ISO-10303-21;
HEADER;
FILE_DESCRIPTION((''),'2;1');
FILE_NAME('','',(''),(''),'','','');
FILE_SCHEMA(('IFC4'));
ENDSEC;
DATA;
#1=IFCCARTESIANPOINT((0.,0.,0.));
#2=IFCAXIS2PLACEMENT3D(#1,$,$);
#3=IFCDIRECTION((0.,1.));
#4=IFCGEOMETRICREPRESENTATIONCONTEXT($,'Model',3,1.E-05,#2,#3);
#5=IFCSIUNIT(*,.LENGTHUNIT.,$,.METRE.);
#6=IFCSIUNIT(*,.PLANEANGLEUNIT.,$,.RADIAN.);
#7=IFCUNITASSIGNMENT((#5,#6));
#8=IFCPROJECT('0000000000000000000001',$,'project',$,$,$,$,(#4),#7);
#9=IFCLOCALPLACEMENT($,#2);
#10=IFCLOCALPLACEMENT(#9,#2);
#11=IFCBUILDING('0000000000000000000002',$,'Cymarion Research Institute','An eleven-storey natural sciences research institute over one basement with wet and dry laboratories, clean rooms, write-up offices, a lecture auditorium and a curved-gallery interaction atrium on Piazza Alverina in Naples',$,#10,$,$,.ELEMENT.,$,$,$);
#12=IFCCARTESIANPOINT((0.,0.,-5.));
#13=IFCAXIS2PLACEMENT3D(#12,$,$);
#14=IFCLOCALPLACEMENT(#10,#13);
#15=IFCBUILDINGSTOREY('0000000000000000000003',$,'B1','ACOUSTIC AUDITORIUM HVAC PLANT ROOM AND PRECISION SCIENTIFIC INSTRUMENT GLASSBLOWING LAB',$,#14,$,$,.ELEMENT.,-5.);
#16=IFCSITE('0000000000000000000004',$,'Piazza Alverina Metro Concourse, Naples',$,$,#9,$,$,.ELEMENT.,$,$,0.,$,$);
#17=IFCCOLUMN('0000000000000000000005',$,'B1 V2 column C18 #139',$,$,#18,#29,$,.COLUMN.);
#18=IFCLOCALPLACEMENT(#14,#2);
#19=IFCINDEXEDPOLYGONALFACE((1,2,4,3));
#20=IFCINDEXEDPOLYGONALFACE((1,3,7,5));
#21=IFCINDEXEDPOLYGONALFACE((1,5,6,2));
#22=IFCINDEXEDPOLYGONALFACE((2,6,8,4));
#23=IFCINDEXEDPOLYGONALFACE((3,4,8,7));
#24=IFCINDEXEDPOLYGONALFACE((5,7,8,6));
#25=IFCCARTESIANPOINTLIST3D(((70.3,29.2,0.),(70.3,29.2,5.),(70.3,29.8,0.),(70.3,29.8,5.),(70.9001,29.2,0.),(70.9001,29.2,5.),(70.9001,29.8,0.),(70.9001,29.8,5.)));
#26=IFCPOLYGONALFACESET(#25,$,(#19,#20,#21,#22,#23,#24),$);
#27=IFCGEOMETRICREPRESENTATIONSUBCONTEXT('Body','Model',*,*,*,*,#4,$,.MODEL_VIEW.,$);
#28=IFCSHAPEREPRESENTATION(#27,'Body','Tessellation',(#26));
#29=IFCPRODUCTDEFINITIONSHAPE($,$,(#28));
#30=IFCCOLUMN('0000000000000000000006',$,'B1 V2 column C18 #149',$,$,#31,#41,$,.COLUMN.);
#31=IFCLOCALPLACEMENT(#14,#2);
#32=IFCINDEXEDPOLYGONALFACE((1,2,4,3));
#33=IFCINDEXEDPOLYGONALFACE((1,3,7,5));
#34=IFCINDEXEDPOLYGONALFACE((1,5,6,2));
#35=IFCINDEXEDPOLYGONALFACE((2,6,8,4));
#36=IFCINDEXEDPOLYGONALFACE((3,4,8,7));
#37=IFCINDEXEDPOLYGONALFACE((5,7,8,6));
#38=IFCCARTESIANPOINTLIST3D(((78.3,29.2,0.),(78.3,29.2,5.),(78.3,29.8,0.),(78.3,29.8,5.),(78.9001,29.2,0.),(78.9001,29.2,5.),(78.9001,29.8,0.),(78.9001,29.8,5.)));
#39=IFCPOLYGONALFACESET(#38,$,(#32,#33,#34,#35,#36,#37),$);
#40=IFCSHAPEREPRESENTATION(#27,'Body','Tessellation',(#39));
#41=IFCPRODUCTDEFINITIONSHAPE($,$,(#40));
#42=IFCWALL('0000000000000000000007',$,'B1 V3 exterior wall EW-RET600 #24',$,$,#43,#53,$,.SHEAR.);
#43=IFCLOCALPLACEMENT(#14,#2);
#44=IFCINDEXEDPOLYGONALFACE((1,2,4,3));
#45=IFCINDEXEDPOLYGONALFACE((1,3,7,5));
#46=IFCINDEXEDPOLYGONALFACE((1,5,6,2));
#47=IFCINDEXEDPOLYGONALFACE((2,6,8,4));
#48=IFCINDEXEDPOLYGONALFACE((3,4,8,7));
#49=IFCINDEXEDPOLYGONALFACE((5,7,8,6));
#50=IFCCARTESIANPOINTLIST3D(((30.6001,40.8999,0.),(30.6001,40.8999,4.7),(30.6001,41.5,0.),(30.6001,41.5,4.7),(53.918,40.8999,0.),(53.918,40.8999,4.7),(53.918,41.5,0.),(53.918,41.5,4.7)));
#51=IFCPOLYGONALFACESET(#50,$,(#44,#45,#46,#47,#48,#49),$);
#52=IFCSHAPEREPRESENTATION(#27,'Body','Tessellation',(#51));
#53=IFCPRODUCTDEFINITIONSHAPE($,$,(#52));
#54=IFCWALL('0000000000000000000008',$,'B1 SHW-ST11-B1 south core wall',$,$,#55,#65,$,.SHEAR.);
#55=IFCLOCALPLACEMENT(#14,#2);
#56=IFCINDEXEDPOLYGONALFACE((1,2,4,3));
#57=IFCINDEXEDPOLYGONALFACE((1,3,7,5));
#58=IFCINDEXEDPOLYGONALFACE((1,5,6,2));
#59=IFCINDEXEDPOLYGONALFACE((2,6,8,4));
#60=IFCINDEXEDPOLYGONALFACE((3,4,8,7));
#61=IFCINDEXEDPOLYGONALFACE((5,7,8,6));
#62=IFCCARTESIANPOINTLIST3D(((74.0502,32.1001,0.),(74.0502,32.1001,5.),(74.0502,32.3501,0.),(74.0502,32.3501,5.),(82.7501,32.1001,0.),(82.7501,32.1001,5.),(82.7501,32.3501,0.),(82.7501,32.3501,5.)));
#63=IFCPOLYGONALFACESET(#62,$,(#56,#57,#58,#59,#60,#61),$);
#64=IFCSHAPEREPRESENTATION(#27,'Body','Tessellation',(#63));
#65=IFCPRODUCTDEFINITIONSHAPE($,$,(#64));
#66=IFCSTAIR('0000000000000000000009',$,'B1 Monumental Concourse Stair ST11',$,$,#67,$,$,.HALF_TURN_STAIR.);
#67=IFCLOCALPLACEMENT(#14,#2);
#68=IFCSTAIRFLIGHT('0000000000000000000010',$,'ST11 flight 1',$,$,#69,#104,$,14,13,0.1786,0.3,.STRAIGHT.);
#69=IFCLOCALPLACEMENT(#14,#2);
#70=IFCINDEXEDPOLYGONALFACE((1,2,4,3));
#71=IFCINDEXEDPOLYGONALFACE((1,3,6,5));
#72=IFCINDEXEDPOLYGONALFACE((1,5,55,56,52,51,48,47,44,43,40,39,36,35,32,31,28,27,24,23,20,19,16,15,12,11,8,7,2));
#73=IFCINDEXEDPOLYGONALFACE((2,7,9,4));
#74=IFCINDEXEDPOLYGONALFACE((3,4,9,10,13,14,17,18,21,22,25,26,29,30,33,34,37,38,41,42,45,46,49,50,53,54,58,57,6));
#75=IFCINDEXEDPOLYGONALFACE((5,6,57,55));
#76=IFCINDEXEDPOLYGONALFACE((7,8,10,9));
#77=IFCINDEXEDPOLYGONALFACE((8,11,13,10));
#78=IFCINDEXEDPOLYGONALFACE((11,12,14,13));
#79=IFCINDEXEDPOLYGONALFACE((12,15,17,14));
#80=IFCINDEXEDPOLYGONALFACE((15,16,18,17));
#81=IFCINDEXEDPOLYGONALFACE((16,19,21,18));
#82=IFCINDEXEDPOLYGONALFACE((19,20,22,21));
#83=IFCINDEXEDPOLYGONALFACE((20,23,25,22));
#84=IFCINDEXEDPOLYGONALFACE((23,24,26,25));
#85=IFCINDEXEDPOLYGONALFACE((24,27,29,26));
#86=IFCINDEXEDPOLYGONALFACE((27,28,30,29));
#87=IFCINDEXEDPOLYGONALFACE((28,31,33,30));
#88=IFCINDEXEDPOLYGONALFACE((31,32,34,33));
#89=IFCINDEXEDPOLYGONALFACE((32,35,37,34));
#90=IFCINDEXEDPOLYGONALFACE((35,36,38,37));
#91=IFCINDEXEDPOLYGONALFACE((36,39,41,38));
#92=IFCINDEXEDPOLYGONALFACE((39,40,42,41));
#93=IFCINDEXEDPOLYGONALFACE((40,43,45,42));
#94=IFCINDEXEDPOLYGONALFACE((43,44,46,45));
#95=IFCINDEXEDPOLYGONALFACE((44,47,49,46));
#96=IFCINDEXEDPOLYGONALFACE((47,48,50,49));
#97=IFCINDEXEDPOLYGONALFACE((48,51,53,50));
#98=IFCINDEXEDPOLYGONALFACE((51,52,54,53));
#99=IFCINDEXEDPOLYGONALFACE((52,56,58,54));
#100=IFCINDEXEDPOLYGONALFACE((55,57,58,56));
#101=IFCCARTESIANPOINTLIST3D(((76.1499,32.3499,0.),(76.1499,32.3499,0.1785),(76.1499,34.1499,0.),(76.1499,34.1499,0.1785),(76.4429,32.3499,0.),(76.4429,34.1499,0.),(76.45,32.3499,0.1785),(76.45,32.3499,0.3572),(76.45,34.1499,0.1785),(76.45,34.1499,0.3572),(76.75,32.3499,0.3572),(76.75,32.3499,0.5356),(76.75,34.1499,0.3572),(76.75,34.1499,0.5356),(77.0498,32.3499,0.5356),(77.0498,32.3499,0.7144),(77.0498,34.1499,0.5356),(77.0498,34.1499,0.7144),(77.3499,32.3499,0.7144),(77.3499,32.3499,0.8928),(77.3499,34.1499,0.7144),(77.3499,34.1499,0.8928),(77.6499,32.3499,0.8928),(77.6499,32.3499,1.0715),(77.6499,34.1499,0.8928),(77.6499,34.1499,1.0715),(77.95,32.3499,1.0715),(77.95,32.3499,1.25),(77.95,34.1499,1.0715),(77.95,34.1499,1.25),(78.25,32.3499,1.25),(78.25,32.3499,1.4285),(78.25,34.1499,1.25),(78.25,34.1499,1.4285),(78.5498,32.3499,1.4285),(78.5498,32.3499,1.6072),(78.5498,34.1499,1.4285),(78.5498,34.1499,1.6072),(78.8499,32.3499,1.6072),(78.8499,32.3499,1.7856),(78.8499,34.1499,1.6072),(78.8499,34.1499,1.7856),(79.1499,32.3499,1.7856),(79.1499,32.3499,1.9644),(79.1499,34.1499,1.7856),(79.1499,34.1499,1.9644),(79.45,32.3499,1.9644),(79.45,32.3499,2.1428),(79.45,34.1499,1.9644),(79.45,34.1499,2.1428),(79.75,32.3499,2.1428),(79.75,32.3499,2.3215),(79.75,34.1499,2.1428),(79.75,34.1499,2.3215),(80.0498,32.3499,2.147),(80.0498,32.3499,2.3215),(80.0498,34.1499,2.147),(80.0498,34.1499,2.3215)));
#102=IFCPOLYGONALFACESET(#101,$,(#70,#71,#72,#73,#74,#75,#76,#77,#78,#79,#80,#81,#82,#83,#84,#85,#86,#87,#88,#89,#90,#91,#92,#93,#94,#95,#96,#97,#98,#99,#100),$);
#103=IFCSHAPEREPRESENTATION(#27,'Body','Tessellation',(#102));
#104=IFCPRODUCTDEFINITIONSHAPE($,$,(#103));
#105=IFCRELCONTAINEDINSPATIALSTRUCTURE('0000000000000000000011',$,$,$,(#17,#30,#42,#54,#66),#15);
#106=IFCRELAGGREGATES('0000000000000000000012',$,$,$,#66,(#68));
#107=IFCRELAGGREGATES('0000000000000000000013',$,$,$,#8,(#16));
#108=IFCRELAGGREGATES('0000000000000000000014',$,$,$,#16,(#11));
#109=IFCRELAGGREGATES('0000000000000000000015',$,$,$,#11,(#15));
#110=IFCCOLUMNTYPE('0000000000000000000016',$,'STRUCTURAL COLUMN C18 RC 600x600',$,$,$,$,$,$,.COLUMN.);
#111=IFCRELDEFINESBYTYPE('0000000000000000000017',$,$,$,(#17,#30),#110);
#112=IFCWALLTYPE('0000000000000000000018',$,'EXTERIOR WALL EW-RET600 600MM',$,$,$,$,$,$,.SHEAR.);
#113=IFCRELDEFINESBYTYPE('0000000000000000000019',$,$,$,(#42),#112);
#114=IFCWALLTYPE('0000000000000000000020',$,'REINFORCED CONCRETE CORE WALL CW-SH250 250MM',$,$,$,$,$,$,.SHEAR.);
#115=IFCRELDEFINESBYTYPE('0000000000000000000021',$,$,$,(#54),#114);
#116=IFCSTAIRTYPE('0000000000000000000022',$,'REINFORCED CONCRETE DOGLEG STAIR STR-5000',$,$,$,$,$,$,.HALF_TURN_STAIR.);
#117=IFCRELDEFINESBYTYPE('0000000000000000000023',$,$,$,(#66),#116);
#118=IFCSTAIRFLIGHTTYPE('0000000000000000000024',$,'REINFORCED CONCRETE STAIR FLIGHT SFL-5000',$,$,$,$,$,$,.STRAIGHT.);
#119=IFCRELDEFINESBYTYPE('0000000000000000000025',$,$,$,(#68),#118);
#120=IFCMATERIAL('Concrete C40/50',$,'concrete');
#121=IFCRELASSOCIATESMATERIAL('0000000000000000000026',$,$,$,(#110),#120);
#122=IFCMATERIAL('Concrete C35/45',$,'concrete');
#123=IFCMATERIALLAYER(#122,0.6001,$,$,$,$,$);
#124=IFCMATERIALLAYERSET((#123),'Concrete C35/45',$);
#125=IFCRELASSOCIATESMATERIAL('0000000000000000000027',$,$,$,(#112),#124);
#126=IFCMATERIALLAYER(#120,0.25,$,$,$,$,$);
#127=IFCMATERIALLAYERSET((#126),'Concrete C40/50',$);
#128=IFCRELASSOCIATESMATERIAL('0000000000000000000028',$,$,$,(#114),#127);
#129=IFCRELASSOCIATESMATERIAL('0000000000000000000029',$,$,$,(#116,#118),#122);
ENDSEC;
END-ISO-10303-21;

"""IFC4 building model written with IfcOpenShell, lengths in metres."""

from ifc_helpers import new_model, si_unit, direction, frame, frame_2d, origin, origin_2d, place, context, subcontext, project, spatial, polyline, rectangle, outline, extrude, material, layer, layer_set, material_profile, profile_set, type_object, element, aggregate, save


model = new_model("IFC4")

# Units and contexts
model_context = context("Model", 3, precision=1e-05, world=origin(), true_north=direction((0.0, 1.0)))
body_context = subcontext(model_context, "Body", "Model", "MODEL_VIEW")
ifc_project = project(units=[si_unit("LENGTHUNIT", "METRE"), si_unit("PLANEANGLEUNIT", "RADIAN")], contexts=[model_context])

# Site, building, storey
site_placement = place(None, origin())
site = spatial("IfcSite", under=ifc_project, at=site_placement, Name="Piazza Alverina Metro Concourse, Naples", CompositionType="ELEMENT", RefElevation=0.0)
building_placement = place(site_placement, origin())
building = spatial("IfcBuilding", under=site, at=building_placement, Name="Cymarion Research Institute", Description="An eleven-storey natural sciences research institute over one basement with wet and dry laboratories, clean rooms, write-up offices, a lecture auditorium and a curved-gallery interaction atrium on Piazza Alverina in Naples", CompositionType="ELEMENT")
storey_placement = place(building_placement, frame((0.0, 0.0, -5.0)))
storey = spatial("IfcBuildingStorey", under=building, at=storey_placement, Name="B1", Description="ACOUSTIC AUDITORIUM HVAC PLANT ROOM AND PRECISION SCIENTIFIC INSTRUMENT GLASSBLOWING LAB", CompositionType="ELEMENT", Elevation=-5.0)

# Shared definitions
ifc_material_1 = material(Name="Concrete C35/45", Category="concrete")

# Columns
ifc_material_2 = material(Name="Concrete C40/50", Category="concrete")
ifc_material_profile_1 = material_profile(ifc_material_2, rectangle(XDim=0.6001, YDim=0.6001, at=origin_2d()), Name="RC 600x600")
ifc_profile_set_1 = profile_set([ifc_material_profile_1], Name="Concrete C40/50")
column_type_1 = type_object("IfcColumnType", Name="STRUCTURAL COLUMN C18 RC 600x600", PredefinedType="COLUMN", material=ifc_profile_set_1)
for number, where, z_axis, x_axis, name in (
    (1, (70.6001, 29.5, 0.0), (0.0, 0.0, 1.0), (1.0, 0.0, 0.0), "B1 V2 column C18 #139"),
    (2, (78.6001, 29.5, 0.0), (0.0, 0.0, 1.0), (1.0, 0.0, 0.0), "B1 V2 column C18 #149"),
):
    element("IfcColumn", number, at=place(storey_placement, frame(where, z_axis=z_axis, x_axis=x_axis)), inside=storey, type_object=column_type_1, Name=name, PredefinedType="COLUMN", context=body_context, shape_type="SweptSolid", body=[
        extrude(rectangle(XDim=0.6001, YDim=0.6001, at=origin_2d()), origin(), (0.0, 0.0, 1.0), 5.0),
    ])

# Walls
ifc_layer_1 = layer(ifc_material_1, 0.6001)
ifc_layer_set_1 = layer_set([ifc_layer_1], Name="Concrete C35/45")
wall_type_1 = type_object("IfcWallType", Name="EXTERIOR WALL EW-RET600 600MM", PredefinedType="SHEAR", material=ifc_layer_set_1)
wall_1_placement = place(storey_placement, frame((53.918, 41.2, 0.0), z_axis=(0.0, 0.0, 1.0), x_axis=(-1.0, 0.0, 0.0)))
element("IfcWall", 3, at=wall_1_placement, inside=storey, type_object=wall_type_1, Name="B1 V3 exterior wall EW-RET600 #24", PredefinedType="SHEAR", context=body_context, shape_type="SweptSolid", body=[
    extrude(rectangle(XDim=23.3179, YDim=0.6001, at=frame_2d((11.6589, 0.0))), origin(), (0.0, 0.0, 1.0), 4.7),
])
ifc_layer_2 = layer(ifc_material_2, 0.25)
ifc_layer_set_2 = layer_set([ifc_layer_2], Name="Concrete C40/50")
wall_type_2 = type_object("IfcWallType", Name="REINFORCED CONCRETE CORE WALL CW-SH250 250MM", PredefinedType="SHEAR", material=ifc_layer_set_2)
wall_2_placement = place(storey_placement, frame((74.05, 32.2251, 0.0), z_axis=(0.0, 0.0, 1.0), x_axis=(1.0, 0.0, 0.0)))
element("IfcWall", 4, at=wall_2_placement, inside=storey, type_object=wall_type_2, Name="B1 SHW-ST11-B1 south core wall", PredefinedType="SHEAR", context=body_context, shape_type="SweptSolid", body=[
    extrude(rectangle(XDim=8.7, YDim=0.25, at=frame_2d((4.3501, 0.0))), origin(), (0.0, 0.0, 1.0), 5.0),
])

# Stair, stair flight
stair_type = type_object("IfcStairType", Name="REINFORCED CONCRETE DOGLEG STAIR STR-5000", PredefinedType="HALF_TURN_STAIR", material=ifc_material_1)
stair_placement = place(storey_placement, origin())
stair = element("IfcStair", 5, at=stair_placement, inside=storey, type_object=stair_type, Name="B1 Monumental Concourse Stair ST11", PredefinedType="HALF_TURN_STAIR")
stair_flight_type = type_object("IfcStairFlightType", Name="REINFORCED CONCRETE STAIR FLIGHT SFL-5000", PredefinedType="STRAIGHT", material=ifc_material_1)
stair_flight_placement = place(storey_placement, frame((76.1499, 33.25, 0.0), z_axis=(0.0, 0.0, 1.0), x_axis=(1.0, 0.0, 0.0)))
stair_flight = element("IfcStairFlight", 6, at=stair_flight_placement, type_object=stair_flight_type, Name="ST11 flight 1", NumberOfRisers=14, NumberOfTreads=13, PredefinedType="STRAIGHT", RiserHeight=0.1786, TreadLength=0.3, context=body_context, shape_type="SweptSolid", body=[
    extrude(outline(polyline([(0.0, 0.0), (0.0, 0.1785), (0.3, 0.1785), (0.3, 0.3572), (0.6001, 0.3572), (0.6001, 0.5356), (0.8999, 0.5356), (0.8999, 0.7144), (1.2, 0.7144), (1.2, 0.8928), (1.5, 0.8928), (1.5, 1.0715), (1.8, 1.0715), (1.8, 1.25), (2.1001, 1.25), (2.1001, 1.4285), (2.3999, 1.4285), (2.3999, 1.6072), (2.7, 1.6072), (2.7, 1.7856), (3.0, 1.7856), (3.0, 1.9644), (3.3, 1.9644), (3.3, 2.1428), (3.6001, 2.1428), (3.6001, 2.3215), (3.8999, 2.3215), (3.8999, 2.5), (3.8999, 2.147), (0.293, 0.0), (0.0, 0.0)])), frame((0.0, 0.8999, 0.0), z_axis=(0.0, -1.0, 0.0), x_axis=(1.0, 0.0, 0.0)), (0.0, 0.0, 1.0), 1.8),
])
aggregate(stair, [stair_flight])

save(model, "model.ifc")
